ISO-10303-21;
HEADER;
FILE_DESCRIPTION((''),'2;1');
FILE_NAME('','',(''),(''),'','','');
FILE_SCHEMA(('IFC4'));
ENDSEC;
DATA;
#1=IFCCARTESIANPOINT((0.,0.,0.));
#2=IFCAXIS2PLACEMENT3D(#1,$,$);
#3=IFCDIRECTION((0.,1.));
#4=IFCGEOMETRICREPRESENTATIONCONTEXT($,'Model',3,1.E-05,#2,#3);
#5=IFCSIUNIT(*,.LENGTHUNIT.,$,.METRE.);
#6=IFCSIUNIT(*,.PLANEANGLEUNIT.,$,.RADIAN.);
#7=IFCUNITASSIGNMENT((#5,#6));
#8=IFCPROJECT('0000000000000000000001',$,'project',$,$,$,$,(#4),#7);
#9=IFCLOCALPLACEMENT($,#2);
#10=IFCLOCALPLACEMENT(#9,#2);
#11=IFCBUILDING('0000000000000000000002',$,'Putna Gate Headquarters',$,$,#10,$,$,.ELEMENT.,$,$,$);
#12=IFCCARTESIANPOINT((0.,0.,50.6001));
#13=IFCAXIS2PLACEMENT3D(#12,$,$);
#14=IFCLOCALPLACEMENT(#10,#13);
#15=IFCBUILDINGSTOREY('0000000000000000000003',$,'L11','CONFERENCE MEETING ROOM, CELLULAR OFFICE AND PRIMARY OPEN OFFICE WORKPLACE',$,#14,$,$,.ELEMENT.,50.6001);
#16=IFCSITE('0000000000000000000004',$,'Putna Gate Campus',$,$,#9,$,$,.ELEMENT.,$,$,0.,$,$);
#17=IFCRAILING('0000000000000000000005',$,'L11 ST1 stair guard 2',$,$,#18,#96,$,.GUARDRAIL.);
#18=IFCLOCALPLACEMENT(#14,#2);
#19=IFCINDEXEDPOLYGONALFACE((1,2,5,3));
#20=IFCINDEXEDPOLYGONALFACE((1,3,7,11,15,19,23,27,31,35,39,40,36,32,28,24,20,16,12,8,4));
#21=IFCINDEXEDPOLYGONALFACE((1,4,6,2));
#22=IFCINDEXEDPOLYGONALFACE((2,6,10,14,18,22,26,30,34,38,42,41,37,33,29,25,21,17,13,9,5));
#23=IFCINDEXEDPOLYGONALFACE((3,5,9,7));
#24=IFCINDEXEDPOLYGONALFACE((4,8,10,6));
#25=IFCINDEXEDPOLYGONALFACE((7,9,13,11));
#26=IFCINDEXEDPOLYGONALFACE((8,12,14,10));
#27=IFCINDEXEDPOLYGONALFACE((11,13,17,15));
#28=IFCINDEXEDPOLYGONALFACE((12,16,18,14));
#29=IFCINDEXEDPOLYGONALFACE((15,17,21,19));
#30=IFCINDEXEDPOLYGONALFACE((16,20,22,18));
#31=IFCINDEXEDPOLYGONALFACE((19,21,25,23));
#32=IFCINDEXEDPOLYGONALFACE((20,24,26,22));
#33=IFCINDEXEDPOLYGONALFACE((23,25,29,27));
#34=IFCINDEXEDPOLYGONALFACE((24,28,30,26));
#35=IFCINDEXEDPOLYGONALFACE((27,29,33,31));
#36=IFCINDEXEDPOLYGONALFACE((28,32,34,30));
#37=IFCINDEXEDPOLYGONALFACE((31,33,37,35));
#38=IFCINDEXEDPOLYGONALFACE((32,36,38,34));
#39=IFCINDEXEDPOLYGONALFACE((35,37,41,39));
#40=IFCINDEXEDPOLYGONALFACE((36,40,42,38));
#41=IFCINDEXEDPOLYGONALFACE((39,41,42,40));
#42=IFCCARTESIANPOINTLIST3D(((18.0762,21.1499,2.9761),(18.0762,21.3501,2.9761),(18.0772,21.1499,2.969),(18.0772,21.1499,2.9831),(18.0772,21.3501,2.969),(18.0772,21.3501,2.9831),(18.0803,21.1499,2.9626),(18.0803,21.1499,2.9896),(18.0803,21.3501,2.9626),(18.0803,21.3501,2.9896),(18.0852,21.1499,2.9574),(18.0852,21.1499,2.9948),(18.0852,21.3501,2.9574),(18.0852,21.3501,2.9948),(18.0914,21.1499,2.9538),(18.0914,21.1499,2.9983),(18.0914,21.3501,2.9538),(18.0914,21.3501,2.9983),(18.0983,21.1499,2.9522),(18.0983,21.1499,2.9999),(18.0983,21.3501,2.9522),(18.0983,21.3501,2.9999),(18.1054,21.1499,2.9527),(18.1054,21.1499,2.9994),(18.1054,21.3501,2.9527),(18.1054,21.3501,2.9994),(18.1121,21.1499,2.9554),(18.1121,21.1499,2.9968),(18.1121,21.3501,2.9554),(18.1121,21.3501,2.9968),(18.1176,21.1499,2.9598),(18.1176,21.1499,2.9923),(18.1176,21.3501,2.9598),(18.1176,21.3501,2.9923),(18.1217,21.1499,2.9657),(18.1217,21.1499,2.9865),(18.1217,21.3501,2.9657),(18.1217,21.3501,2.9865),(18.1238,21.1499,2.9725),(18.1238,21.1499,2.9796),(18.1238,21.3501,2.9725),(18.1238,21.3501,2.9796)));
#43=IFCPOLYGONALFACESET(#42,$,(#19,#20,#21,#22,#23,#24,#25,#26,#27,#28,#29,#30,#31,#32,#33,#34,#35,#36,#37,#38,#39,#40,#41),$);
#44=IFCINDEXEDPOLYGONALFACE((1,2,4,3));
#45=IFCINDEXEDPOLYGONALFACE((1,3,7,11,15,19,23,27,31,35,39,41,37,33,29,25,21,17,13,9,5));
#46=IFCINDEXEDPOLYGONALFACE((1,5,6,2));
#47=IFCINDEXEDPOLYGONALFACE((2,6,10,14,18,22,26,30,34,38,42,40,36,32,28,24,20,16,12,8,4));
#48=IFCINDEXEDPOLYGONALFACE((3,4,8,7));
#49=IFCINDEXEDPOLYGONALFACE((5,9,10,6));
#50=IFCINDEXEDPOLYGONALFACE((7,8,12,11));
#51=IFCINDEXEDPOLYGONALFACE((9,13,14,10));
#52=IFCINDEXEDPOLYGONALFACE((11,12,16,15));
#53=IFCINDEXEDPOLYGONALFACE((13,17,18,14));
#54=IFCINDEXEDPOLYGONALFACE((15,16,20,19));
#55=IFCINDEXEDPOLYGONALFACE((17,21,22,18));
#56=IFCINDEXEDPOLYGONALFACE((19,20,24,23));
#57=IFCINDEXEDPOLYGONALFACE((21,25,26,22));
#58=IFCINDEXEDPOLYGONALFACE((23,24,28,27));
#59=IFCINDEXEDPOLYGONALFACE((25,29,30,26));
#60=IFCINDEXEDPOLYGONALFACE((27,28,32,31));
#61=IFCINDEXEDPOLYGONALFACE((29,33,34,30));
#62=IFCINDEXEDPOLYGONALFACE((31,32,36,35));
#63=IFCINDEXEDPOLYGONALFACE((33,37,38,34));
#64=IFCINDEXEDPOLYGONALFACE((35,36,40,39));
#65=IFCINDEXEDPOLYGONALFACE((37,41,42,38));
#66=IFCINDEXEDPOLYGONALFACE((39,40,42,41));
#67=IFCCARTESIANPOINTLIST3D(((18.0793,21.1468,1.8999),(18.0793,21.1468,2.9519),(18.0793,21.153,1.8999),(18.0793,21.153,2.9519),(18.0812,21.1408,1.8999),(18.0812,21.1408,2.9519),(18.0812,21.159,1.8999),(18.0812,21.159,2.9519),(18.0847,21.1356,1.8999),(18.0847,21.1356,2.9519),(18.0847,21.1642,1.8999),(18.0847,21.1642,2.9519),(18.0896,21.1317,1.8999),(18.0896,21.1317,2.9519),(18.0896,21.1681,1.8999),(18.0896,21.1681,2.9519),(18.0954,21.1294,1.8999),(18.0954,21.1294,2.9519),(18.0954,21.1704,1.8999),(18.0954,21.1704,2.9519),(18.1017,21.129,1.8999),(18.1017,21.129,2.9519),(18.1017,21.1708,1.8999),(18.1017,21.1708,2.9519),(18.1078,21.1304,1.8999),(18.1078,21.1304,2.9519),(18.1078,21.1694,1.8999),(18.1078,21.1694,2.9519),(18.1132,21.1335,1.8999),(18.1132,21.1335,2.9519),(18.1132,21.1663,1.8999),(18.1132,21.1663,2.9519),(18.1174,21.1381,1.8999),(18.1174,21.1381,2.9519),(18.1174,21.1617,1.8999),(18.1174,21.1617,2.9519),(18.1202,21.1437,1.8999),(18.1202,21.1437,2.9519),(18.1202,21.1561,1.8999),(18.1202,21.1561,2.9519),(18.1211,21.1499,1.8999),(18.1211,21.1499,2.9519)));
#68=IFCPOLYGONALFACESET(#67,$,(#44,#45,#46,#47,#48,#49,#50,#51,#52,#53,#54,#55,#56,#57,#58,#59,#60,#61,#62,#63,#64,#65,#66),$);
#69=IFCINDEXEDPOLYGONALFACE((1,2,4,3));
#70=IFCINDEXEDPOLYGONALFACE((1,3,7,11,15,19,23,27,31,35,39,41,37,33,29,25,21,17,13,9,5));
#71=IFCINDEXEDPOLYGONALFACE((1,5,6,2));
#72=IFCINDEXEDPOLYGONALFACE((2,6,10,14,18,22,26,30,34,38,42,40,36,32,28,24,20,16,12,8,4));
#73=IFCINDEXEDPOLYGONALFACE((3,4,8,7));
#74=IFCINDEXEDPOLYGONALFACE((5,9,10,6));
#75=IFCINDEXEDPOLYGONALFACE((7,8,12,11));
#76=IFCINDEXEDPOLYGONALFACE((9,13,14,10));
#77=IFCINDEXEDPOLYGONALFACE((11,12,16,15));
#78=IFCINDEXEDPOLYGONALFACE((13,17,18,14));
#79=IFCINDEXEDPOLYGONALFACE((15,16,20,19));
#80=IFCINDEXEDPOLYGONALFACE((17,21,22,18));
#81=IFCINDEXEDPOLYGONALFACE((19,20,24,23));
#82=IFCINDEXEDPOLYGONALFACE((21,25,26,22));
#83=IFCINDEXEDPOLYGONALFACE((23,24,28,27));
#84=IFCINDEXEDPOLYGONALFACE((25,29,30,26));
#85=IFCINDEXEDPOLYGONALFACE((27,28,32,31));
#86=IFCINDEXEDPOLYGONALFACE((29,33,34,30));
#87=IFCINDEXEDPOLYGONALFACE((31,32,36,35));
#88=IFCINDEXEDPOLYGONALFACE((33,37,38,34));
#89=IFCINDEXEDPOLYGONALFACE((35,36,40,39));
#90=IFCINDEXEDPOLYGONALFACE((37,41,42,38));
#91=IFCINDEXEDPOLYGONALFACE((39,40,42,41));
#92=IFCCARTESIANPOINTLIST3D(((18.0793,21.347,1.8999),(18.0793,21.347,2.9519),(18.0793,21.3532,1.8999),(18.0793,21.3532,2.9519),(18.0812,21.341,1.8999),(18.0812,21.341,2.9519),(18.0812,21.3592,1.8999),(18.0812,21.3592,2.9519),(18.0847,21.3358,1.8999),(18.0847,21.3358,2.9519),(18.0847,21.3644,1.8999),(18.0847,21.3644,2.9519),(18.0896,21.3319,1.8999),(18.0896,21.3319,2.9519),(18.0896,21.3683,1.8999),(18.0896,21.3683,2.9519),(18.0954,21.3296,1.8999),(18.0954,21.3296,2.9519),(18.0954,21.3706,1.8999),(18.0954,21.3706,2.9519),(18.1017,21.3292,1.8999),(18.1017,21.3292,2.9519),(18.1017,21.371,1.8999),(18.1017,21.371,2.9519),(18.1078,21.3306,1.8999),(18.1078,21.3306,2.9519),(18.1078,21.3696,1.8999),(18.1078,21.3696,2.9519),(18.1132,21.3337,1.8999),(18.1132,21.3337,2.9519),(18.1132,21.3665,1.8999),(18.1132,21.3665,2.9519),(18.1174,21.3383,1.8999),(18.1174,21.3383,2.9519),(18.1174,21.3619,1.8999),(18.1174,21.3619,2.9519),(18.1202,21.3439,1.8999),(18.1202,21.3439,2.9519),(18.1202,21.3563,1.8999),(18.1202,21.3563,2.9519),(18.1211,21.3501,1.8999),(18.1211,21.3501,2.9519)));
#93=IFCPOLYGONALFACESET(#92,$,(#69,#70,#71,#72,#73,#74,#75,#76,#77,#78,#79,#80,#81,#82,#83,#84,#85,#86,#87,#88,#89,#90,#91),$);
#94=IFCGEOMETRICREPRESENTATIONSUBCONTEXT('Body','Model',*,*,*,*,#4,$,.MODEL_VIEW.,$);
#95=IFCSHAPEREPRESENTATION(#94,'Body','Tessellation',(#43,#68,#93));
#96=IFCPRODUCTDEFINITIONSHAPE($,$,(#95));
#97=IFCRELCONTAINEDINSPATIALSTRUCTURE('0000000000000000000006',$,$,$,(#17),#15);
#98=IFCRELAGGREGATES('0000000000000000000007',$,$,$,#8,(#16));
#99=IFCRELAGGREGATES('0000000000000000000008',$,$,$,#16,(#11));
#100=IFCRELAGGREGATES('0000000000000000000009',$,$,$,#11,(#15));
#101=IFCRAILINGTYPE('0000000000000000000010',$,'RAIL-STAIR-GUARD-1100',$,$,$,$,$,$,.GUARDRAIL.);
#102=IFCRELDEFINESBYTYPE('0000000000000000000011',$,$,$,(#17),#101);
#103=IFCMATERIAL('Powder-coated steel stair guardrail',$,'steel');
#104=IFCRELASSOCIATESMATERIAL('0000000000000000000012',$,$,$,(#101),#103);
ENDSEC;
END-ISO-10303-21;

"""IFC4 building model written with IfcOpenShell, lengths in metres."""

from ifc_helpers import new_model, si_unit, direction, frame, origin, origin_2d, place, context, subcontext, project, spatial, circle, extrude, material, type_object, element, save


model = new_model("IFC4")

# Units and contexts
model_context = context("Model", 3, precision=1e-05, world=origin(), true_north=direction((0.0, 1.0)))
body_context = subcontext(model_context, "Body", "Model", "MODEL_VIEW")
ifc_project = project(units=[si_unit("LENGTHUNIT", "METRE"), si_unit("PLANEANGLEUNIT", "RADIAN")], contexts=[model_context])

# Site, building, storey
site_placement = place(None, origin())
site = spatial("IfcSite", under=ifc_project, at=site_placement, Name="Putna Gate Campus", CompositionType="ELEMENT", RefElevation=0.0)
building_placement = place(site_placement, origin())
building = spatial("IfcBuilding", under=site, at=building_placement, Name="Putna Gate Headquarters", CompositionType="ELEMENT")
storey_placement = place(building_placement, frame((0.0, 0.0, 50.6001)))
storey = spatial("IfcBuildingStorey", under=building, at=storey_placement, Name="L11", Description="CONFERENCE MEETING ROOM, CELLULAR OFFICE AND PRIMARY OPEN OFFICE WORKPLACE", CompositionType="ELEMENT", Elevation=50.6001)

# Railing
ifc_material_1 = material(Name="Powder-coated steel stair guardrail", Category="steel")
railing_type_1 = type_object("IfcRailingType", Name="RAIL-STAIR-GUARD-1100", PredefinedType="GUARDRAIL", material=ifc_material_1)
railing_1_placement = place(storey_placement, frame((18.1001, 21.1499, 1.8999)))
element("IfcRailing", 1, at=railing_1_placement, inside=storey, type_object=railing_type_1, Name="L11 ST1 stair guard 2", PredefinedType="GUARDRAIL", context=body_context, shape_type="SweptSolid", body=[
    extrude(circle(Radius=0.0239, at=origin_2d()), frame((0.0, 0.0, 1.0762), z_axis=(0.0, 1.0, 0.0), x_axis=(-1.0, 0.0, 0.0)), (0.0, 0.0, 1.0), 0.2002),
    extrude(circle(Radius=0.021, at=origin_2d()), origin(), (0.0, 0.0, 1.0), 1.052),
    extrude(circle(Radius=0.021, at=origin_2d()), frame((0.0, 0.2002, 0.0)), (0.0, 0.0, 1.0), 1.052),
])

save(model, "model.ifc")
